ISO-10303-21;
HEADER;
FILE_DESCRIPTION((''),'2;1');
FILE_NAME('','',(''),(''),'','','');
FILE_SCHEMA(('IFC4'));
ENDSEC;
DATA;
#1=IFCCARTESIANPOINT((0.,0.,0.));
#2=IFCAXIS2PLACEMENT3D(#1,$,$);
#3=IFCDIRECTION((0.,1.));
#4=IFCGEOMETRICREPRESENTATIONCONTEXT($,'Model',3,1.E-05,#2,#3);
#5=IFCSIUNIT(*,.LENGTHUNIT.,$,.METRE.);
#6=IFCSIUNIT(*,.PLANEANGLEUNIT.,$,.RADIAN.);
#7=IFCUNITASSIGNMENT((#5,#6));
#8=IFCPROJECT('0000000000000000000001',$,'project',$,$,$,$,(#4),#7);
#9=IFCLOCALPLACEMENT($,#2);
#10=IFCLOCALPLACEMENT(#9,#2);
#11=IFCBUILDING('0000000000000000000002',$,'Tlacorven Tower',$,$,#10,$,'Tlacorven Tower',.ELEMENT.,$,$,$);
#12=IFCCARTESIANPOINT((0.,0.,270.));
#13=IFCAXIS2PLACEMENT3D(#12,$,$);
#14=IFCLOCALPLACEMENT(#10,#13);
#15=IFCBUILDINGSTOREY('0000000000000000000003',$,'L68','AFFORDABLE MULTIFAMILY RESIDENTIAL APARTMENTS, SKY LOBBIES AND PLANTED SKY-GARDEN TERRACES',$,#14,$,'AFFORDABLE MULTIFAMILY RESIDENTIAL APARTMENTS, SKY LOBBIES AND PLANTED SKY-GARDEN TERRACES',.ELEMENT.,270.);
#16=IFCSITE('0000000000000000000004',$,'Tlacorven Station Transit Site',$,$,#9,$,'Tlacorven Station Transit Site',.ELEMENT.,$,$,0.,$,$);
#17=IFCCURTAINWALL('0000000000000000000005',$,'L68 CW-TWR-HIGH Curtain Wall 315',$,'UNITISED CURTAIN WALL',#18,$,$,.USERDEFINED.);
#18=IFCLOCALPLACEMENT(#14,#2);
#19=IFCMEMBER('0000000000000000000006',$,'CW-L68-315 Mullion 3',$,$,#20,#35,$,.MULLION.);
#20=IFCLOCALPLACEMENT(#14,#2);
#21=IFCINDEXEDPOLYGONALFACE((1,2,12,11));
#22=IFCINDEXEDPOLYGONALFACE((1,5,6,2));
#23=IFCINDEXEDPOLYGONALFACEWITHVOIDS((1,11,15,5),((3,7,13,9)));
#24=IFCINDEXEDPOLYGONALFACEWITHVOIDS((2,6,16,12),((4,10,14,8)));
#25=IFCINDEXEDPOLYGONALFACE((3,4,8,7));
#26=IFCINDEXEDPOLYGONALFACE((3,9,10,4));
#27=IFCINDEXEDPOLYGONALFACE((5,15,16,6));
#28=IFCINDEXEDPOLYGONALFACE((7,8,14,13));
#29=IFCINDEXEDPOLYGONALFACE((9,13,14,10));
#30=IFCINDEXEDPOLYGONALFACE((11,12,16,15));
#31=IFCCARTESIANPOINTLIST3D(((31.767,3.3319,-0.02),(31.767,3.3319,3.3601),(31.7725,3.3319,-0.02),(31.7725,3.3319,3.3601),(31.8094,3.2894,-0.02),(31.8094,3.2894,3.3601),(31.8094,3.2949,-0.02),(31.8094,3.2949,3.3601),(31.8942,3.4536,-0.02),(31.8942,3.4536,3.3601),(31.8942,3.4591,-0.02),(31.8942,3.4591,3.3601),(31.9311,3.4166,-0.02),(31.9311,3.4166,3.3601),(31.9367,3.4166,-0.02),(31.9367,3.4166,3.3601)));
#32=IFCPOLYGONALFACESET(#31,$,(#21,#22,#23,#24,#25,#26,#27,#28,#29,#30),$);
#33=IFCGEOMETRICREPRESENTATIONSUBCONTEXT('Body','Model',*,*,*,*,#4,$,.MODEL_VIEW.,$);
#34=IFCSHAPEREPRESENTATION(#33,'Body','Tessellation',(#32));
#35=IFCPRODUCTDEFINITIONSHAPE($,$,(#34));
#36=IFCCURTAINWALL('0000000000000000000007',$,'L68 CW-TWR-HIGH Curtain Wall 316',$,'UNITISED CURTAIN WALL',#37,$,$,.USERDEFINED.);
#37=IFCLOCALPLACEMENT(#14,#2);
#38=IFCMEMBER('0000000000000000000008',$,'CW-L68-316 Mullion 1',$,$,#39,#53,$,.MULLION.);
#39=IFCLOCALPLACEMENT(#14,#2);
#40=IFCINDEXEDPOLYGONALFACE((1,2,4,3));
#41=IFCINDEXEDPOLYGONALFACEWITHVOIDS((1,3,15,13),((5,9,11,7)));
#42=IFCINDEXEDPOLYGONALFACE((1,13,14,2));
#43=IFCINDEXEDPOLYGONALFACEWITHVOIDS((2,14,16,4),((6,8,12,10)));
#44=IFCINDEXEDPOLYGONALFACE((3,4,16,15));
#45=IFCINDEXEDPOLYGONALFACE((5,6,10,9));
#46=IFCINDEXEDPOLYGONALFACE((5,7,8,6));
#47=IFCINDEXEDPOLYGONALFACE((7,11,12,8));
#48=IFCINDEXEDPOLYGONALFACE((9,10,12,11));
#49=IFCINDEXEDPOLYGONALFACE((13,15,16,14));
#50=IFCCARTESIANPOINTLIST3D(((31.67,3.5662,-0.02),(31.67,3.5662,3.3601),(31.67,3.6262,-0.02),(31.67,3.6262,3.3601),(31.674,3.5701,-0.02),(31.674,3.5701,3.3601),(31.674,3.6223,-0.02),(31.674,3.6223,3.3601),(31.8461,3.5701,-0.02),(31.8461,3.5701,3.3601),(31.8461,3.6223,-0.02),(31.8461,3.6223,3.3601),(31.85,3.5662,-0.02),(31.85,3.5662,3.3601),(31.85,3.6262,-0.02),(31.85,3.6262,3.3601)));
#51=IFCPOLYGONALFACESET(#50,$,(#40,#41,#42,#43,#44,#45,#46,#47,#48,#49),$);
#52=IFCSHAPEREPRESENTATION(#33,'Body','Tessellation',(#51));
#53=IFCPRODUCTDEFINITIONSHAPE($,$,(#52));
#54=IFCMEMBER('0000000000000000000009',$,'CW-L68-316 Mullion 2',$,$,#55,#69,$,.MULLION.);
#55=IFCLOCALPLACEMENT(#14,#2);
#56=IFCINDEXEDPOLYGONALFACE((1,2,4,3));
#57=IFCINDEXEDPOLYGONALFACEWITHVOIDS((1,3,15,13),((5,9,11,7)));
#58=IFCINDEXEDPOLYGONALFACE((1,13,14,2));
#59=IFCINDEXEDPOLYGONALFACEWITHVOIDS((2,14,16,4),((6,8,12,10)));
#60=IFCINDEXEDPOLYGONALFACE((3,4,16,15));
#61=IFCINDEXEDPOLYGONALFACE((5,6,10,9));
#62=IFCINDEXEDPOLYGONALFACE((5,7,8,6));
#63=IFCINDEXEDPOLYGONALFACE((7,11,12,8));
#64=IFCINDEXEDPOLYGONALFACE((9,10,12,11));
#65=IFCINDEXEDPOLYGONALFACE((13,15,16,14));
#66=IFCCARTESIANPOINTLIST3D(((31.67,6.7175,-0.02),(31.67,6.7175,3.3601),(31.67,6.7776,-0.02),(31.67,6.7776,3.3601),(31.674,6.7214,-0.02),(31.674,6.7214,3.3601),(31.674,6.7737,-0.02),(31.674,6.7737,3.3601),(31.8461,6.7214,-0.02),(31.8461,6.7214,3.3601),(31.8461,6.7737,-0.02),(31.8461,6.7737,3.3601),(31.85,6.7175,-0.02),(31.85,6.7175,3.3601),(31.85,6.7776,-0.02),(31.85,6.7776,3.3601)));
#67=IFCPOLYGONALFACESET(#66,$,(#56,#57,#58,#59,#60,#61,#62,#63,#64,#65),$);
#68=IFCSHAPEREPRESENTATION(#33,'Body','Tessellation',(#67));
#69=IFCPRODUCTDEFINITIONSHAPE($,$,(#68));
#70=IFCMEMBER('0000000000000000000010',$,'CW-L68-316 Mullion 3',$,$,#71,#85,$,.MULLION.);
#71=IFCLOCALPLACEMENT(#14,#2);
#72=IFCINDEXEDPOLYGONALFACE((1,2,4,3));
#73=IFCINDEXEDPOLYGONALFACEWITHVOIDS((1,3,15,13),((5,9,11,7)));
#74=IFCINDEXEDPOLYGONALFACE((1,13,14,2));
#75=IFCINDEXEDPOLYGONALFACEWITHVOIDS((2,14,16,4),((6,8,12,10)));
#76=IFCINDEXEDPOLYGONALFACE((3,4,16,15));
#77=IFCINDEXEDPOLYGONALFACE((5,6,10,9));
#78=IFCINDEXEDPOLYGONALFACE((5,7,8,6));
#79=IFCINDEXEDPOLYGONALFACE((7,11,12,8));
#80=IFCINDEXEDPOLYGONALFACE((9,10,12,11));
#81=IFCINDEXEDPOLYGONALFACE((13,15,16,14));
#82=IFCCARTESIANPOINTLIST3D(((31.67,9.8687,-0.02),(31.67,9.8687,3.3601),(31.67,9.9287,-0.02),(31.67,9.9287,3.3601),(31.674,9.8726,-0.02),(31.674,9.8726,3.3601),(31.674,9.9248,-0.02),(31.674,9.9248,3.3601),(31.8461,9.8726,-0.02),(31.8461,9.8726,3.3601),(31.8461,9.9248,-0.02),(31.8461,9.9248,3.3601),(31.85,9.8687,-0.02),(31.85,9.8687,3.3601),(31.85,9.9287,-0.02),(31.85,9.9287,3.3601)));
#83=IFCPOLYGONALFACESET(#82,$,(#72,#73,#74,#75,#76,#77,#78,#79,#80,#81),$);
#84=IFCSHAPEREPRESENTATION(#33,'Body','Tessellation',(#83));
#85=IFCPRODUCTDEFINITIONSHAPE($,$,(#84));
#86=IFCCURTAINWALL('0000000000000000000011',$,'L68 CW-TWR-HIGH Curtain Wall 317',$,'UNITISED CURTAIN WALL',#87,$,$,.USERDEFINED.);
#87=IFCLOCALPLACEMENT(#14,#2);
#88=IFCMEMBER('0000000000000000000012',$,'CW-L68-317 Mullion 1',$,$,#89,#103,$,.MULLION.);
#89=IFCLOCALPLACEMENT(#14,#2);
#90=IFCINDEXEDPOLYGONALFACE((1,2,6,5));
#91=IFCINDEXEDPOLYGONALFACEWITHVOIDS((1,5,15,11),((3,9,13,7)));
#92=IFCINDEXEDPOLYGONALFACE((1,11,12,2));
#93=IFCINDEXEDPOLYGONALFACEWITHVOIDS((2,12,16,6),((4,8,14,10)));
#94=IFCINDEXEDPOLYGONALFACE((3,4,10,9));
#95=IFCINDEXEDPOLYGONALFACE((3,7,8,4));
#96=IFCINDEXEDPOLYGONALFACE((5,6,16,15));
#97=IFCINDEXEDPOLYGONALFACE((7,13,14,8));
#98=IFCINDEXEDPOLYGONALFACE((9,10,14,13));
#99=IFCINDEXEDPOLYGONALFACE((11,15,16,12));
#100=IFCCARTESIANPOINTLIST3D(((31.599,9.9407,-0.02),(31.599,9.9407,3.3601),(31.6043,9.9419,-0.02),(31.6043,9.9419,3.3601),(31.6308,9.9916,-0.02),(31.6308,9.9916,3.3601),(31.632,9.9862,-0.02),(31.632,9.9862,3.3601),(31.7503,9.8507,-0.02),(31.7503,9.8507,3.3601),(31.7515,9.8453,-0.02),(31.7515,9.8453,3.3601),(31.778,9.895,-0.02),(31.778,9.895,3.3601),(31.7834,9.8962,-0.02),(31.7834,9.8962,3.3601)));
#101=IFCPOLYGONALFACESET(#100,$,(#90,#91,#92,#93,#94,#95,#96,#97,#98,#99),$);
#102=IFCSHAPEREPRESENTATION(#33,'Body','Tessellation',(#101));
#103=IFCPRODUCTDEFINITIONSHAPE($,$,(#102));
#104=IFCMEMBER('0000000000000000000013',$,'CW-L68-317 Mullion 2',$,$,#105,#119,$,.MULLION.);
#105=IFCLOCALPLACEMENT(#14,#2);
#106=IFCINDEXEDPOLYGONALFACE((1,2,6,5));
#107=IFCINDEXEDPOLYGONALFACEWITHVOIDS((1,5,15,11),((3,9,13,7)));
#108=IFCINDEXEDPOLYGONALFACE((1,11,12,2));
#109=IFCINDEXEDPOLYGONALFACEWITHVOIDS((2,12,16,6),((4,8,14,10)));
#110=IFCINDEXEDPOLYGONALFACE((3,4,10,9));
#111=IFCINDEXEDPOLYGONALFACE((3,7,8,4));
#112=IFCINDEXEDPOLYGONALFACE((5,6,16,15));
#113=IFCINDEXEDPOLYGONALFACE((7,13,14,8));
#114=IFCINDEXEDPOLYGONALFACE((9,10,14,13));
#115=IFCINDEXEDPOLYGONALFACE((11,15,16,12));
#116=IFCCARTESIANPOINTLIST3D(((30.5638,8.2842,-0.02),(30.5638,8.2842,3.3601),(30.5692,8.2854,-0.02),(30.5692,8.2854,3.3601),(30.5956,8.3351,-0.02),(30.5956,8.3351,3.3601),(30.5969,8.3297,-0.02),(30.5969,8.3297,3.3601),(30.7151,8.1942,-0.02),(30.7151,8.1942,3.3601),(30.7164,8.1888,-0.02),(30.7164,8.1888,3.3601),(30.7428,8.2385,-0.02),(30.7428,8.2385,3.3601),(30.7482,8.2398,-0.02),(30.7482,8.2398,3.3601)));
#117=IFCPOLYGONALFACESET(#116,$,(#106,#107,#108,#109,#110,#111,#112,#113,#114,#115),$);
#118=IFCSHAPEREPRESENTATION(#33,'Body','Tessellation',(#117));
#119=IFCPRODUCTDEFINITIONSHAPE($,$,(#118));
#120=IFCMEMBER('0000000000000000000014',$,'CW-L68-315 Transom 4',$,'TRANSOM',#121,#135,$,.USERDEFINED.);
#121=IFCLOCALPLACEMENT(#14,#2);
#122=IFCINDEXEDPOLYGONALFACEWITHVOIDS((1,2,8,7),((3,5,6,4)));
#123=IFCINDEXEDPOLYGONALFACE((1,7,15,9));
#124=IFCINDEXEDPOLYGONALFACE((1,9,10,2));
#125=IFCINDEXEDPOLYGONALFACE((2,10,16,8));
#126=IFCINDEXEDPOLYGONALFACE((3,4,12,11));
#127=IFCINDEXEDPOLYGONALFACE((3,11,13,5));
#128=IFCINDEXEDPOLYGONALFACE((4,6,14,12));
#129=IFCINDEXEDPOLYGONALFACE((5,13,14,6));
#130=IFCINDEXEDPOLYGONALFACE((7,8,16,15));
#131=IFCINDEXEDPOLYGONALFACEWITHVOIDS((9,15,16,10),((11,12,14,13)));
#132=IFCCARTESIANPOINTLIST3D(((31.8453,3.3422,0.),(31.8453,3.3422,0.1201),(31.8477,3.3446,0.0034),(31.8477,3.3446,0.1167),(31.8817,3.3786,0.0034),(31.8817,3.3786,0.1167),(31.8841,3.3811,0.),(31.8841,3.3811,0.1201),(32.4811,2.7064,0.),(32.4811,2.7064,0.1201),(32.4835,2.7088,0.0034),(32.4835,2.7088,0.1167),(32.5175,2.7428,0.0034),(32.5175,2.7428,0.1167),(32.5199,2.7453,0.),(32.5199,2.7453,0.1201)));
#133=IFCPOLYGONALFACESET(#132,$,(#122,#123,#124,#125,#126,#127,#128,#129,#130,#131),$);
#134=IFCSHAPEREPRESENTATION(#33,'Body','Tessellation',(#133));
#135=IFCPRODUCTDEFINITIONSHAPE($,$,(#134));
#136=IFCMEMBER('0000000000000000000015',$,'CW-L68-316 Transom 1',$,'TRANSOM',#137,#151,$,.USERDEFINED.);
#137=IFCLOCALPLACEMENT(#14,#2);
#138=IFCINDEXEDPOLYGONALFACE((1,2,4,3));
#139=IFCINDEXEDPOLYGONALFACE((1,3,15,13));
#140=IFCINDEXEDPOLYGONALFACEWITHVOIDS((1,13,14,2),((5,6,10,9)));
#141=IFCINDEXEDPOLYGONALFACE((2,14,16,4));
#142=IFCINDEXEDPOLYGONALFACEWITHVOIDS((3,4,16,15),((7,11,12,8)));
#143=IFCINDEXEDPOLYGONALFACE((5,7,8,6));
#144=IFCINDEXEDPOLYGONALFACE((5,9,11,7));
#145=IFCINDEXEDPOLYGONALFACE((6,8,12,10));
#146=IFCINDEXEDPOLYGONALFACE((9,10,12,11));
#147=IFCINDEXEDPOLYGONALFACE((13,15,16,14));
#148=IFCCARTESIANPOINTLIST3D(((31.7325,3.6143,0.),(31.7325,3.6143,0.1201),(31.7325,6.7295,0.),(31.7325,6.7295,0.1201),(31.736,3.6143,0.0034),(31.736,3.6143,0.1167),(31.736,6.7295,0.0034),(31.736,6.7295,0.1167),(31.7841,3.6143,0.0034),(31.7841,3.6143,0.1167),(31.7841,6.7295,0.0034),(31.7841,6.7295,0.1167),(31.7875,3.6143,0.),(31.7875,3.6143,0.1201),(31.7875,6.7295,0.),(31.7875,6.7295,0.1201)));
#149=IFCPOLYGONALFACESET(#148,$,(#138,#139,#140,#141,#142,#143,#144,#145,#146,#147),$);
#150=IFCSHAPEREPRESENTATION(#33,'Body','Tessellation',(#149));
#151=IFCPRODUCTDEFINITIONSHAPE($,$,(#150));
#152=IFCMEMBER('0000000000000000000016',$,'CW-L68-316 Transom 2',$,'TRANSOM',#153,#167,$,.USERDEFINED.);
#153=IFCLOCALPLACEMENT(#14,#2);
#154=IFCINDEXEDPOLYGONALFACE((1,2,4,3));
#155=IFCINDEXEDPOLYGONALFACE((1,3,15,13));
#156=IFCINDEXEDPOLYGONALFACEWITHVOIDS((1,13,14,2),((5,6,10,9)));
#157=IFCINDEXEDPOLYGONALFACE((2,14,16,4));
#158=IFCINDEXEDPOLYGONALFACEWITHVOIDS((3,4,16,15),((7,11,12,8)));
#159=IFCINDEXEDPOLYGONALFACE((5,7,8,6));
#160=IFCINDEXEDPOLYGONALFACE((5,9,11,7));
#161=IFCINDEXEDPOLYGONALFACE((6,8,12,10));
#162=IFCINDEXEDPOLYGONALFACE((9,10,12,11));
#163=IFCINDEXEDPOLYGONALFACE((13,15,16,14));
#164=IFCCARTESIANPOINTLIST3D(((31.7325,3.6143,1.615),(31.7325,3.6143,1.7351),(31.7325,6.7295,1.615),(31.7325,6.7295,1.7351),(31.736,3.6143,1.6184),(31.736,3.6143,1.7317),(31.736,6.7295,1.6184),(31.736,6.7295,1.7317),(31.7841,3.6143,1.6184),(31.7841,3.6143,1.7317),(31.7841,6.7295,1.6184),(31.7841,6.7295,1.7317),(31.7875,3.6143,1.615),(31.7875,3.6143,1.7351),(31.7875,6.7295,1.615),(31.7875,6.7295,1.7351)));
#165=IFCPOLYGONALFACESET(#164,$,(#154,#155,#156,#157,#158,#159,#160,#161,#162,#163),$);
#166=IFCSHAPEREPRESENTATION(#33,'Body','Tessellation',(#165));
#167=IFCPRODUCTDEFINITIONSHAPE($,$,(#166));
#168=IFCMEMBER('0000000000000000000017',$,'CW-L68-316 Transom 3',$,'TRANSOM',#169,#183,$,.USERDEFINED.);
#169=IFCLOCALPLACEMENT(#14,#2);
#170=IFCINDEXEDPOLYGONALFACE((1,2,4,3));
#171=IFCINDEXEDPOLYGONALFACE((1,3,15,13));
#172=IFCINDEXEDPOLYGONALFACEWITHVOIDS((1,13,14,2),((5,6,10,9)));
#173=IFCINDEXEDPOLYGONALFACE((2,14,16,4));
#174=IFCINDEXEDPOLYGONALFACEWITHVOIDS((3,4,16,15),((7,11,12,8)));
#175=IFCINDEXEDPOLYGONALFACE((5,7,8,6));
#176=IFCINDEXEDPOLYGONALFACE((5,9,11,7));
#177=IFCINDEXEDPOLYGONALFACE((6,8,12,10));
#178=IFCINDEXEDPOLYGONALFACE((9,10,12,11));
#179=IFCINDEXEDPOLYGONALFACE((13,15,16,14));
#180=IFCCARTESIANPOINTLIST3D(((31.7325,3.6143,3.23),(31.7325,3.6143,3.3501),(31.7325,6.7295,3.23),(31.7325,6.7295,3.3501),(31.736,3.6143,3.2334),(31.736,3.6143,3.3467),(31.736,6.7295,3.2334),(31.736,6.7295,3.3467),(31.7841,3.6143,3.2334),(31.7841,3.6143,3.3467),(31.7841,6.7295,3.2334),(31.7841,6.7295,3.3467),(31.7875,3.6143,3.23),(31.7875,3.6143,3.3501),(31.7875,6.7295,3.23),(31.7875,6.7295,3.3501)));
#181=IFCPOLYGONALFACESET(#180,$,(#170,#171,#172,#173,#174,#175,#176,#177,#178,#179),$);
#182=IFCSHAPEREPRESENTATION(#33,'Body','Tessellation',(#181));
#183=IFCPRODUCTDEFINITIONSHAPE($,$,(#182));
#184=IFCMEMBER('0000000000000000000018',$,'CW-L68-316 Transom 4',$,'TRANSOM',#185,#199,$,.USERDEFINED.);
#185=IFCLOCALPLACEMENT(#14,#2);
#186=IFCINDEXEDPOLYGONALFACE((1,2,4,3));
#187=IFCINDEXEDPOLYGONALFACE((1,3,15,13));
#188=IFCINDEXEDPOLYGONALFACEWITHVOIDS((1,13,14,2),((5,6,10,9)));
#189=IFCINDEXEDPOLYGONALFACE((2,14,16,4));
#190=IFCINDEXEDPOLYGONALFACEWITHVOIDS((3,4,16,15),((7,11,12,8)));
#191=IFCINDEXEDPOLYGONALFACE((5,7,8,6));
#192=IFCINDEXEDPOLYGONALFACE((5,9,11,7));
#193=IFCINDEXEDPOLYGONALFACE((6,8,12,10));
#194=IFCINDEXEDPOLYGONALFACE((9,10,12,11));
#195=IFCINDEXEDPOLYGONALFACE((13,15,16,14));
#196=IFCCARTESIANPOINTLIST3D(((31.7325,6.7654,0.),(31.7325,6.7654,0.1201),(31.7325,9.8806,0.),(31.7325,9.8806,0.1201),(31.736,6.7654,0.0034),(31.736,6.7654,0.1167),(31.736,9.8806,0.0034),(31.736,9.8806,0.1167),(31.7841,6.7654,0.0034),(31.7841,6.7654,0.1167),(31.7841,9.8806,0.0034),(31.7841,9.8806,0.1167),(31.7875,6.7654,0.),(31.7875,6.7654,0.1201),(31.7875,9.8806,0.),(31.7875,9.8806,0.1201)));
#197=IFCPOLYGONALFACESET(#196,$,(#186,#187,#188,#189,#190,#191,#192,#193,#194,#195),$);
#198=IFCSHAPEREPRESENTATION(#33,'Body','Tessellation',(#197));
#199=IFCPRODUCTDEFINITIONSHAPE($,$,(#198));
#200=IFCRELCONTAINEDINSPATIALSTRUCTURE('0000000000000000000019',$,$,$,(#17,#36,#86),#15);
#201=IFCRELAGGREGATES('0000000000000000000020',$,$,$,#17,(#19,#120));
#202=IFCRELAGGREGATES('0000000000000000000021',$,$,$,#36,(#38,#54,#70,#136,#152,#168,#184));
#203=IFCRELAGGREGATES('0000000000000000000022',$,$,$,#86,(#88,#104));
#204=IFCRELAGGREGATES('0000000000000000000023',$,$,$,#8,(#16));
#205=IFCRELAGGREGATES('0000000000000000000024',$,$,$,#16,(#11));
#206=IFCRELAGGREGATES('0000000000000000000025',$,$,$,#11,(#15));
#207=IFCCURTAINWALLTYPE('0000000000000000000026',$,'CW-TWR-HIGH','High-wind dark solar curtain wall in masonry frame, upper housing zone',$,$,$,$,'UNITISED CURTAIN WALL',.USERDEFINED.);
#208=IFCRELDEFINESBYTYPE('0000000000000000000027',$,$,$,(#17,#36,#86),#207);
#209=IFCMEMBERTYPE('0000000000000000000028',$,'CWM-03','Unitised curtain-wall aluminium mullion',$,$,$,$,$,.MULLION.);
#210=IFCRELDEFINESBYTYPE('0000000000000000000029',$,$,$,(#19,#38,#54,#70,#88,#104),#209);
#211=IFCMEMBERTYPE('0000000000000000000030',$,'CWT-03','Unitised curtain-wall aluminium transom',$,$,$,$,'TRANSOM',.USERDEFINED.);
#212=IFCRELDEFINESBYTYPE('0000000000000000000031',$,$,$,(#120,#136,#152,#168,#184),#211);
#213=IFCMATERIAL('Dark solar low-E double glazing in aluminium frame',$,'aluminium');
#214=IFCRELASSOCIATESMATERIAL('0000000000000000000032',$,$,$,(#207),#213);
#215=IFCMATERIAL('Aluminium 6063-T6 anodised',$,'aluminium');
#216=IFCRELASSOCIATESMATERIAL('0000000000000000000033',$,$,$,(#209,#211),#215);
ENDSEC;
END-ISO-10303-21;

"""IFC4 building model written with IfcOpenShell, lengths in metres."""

from ifc_helpers import new_model, si_unit, direction, frame, origin, origin_2d, place, context, subcontext, project, spatial, hollow_rectangle, extrude, source, transform, mapped, material, material_profile, profile_set, type_object, element, aggregate, save


model = new_model("IFC4")

# Units and contexts
model_context = context("Model", 3, precision=1e-05, world=origin(), true_north=direction((0.0, 1.0)))
body_context = subcontext(model_context, "Body", "Model", "MODEL_VIEW")
ifc_project = project(units=[si_unit("LENGTHUNIT", "METRE"), si_unit("PLANEANGLEUNIT", "RADIAN")], contexts=[model_context])

# Site, building, storey
site_placement = place(None, origin())
site = spatial("IfcSite", under=ifc_project, at=site_placement, Name="Tlacorven Station Transit Site", LongName="Tlacorven Station Transit Site", CompositionType="ELEMENT", RefElevation=0.0)
building_placement = place(site_placement, origin())
building = spatial("IfcBuilding", under=site, at=building_placement, Name="Tlacorven Tower", LongName="Tlacorven Tower", CompositionType="ELEMENT")
storey_placement = place(building_placement, frame((0.0, 0.0, 270.0)))
storey = spatial("IfcBuildingStorey", under=building, at=storey_placement, Name="L68", Description="AFFORDABLE MULTIFAMILY RESIDENTIAL APARTMENTS, SKY LOBBIES AND PLANTED SKY-GARDEN TERRACES", LongName="AFFORDABLE MULTIFAMILY RESIDENTIAL APARTMENTS, SKY LOBBIES AND PLANTED SKY-GARDEN TERRACES", CompositionType="ELEMENT", Elevation=270.0)

# Curtain wall, member
ifc_material_1 = material(Name="Dark solar low-E double glazing in aluminium frame", Category="aluminium")
curtain_wall_type = type_object("IfcCurtainWallType", Name="CW-TWR-HIGH", Description="High-wind dark solar curtain wall in masonry frame, upper housing zone", ElementType="UNITISED CURTAIN WALL", PredefinedType="USERDEFINED", material=ifc_material_1)
curtain_wall_1_placement = place(storey_placement, origin())
curtain_wall_1 = element("IfcCurtainWall", 1, at=curtain_wall_1_placement, inside=storey, type_object=curtain_wall_type, Name="L68 CW-TWR-HIGH Curtain Wall 315", ObjectType="UNITISED CURTAIN WALL", PredefinedType="USERDEFINED")
ifc_material_2 = material(Name="Aluminium 6063-T6 anodised", Category="aluminium")
ifc_material_profile_1 = material_profile(ifc_material_2, hollow_rectangle(XDim=0.0601, YDim=0.1799, WallThickness=0.0039, at=origin_2d()), Name="ALU MULLION 60X180")
ifc_profile_set_1 = profile_set([ifc_material_profile_1], Name="Aluminium 6063-T6 anodised")
member_type_1 = type_object("IfcMemberType", Name="CWM-03", Description="Unitised curtain-wall aluminium mullion", PredefinedType="MULLION", material=ifc_profile_set_1)
shared_shape_1 = source(origin(), body_context, "Body", "SweptSolid", [
    extrude(hollow_rectangle(XDim=0.0601, YDim=0.1799, WallThickness=0.0039, at=origin_2d()), origin(), (0.0, 0.0, 1.0), 3.3801),
])
member_1_placement = place(storey_placement, frame((31.8518, 3.3743, -0.02), z_axis=(0.0, 0.0, 1.0), x_axis=(-0.707107, 0.707107, 0.0)))
member_1 = element("IfcMember", 2, at=member_1_placement, type_object=member_type_1, Name="CW-L68-315 Mullion 3", PredefinedType="MULLION", context=body_context, shape_type="MappedRepresentation", body=[
    mapped(shared_shape_1, transform((0.0, 0.0, 0.0), scale=1.0)),
])

# Curtain walls, members
curtain_wall_2_placement = place(storey_placement, origin())
curtain_wall_2 = element("IfcCurtainWall", 3, at=curtain_wall_2_placement, inside=storey, type_object=curtain_wall_type, Name="L68 CW-TWR-HIGH Curtain Wall 316", ObjectType="UNITISED CURTAIN WALL", PredefinedType="USERDEFINED")
member_2_placement = place(storey_placement, frame((31.76, 3.5962, -0.02), z_axis=(0.0, 0.0, 1.0), x_axis=(0.0, 1.0, 0.0)))
member_2 = element("IfcMember", 4, at=member_2_placement, type_object=member_type_1, Name="CW-L68-316 Mullion 1", PredefinedType="MULLION", context=body_context, shape_type="MappedRepresentation", body=[
    mapped(shared_shape_1, transform((0.0, 0.0, 0.0), scale=1.0)),
])
member_3_placement = place(storey_placement, frame((31.76, 6.7476, -0.02), z_axis=(0.0, 0.0, 1.0), x_axis=(0.0, 1.0, 0.0)))
member_3 = element("IfcMember", 5, at=member_3_placement, type_object=member_type_1, Name="CW-L68-316 Mullion 2", PredefinedType="MULLION", context=body_context, shape_type="MappedRepresentation", body=[
    mapped(shared_shape_1, transform((0.0, 0.0, 0.0), scale=1.0)),
])
member_4_placement = place(storey_placement, frame((31.76, 9.8987, -0.02), z_axis=(0.0, 0.0, 1.0), x_axis=(0.0, 1.0, 0.0)))
member_4 = element("IfcMember", 6, at=member_4_placement, type_object=member_type_1, Name="CW-L68-316 Mullion 3", PredefinedType="MULLION", context=body_context, shape_type="MappedRepresentation", body=[
    mapped(shared_shape_1, transform((0.0, 0.0, 0.0), scale=1.0)),
])
curtain_wall_3_placement = place(storey_placement, origin())
curtain_wall_3 = element("IfcCurtainWall", 7, at=curtain_wall_3_placement, inside=storey, type_object=curtain_wall_type, Name="L68 CW-TWR-HIGH Curtain Wall 317", ObjectType="UNITISED CURTAIN WALL", PredefinedType="USERDEFINED")
member_5_placement = place(storey_placement, frame((31.6912, 9.9185, -0.02), z_axis=(0.0, 0.0, 1.0), x_axis=(-0.529919, -0.848048, 0.0)))
member_5 = element("IfcMember", 8, at=member_5_placement, type_object=member_type_1, Name="CW-L68-317 Mullion 1", PredefinedType="MULLION", context=body_context, shape_type="MappedRepresentation", body=[
    mapped(shared_shape_1, transform((0.0, 0.0, 0.0), scale=1.0)),
])
member_6_placement = place(storey_placement, frame((30.656, 8.262, -0.02), z_axis=(0.0, 0.0, 1.0), x_axis=(-0.529919, -0.848048, 0.0)))
member_6 = element("IfcMember", 9, at=member_6_placement, type_object=member_type_1, Name="CW-L68-317 Mullion 2", PredefinedType="MULLION", context=body_context, shape_type="MappedRepresentation", body=[
    mapped(shared_shape_1, transform((0.0, 0.0, 0.0), scale=1.0)),
])

# Members
ifc_material_profile_2 = material_profile(ifc_material_2, hollow_rectangle(XDim=0.0549, YDim=0.1201, WallThickness=0.0034, at=origin_2d()), Name="ALU TRANSOM 55X120")
ifc_profile_set_2 = profile_set([ifc_material_profile_2], Name="Aluminium 6063-T6 anodised")
member_type_2 = type_object("IfcMemberType", Name="CWT-03", Description="Unitised curtain-wall aluminium transom", ElementType="TRANSOM", PredefinedType="USERDEFINED", material=ifc_profile_set_2)
shared_shape_2 = source(origin(), body_context, "Body", "SweptSolid", [
    extrude(hollow_rectangle(XDim=0.0549, YDim=0.1201, WallThickness=0.0034, at=origin_2d()), origin(), (0.0, 0.0, 1.0), 0.8992),
])
member_7_placement = place(storey_placement, frame((32.5005, 2.7258, 0.0601), z_axis=(-0.707107, 0.707107, 0.0), x_axis=(-0.707107, -0.707107, 0.0)))
member_7 = element("IfcMember", 10, at=member_7_placement, type_object=member_type_2, Name="CW-L68-315 Transom 4", ObjectType="TRANSOM", PredefinedType="USERDEFINED", context=body_context, shape_type="MappedRepresentation", body=[
    mapped(shared_shape_2, transform((0.0, 0.0, 0.0), scale=1.0)),
])
shared_shape_3 = source(origin(), body_context, "Body", "SweptSolid", [
    extrude(hollow_rectangle(XDim=0.0549, YDim=0.1201, WallThickness=0.0034, at=origin_2d()), origin(), (0.0, 0.0, 1.0), 3.1152),
])
member_8_placement = place(storey_placement, frame((31.76, 3.6143, 0.0601), z_axis=(0.0, 1.0, 0.0), x_axis=(-1.0, 0.0, 0.0)))
member_8 = element("IfcMember", 11, at=member_8_placement, type_object=member_type_2, Name="CW-L68-316 Transom 1", ObjectType="TRANSOM", PredefinedType="USERDEFINED", context=body_context, shape_type="MappedRepresentation", body=[
    mapped(shared_shape_3, transform((0.0, 0.0, 0.0), scale=1.0)),
])
member_9_placement = place(storey_placement, frame((31.76, 3.6143, 1.675), z_axis=(0.0, 1.0, 0.0), x_axis=(-1.0, 0.0, 0.0)))
member_9 = element("IfcMember", 12, at=member_9_placement, type_object=member_type_2, Name="CW-L68-316 Transom 2", ObjectType="TRANSOM", PredefinedType="USERDEFINED", context=body_context, shape_type="MappedRepresentation", body=[
    mapped(shared_shape_3, transform((0.0, 0.0, 0.0), scale=1.0)),
])
member_10_placement = place(storey_placement, frame((31.76, 3.6143, 3.29), z_axis=(0.0, 1.0, 0.0), x_axis=(-1.0, 0.0, 0.0)))
member_10 = element("IfcMember", 13, at=member_10_placement, type_object=member_type_2, Name="CW-L68-316 Transom 3", ObjectType="TRANSOM", PredefinedType="USERDEFINED", context=body_context, shape_type="MappedRepresentation", body=[
    mapped(shared_shape_3, transform((0.0, 0.0, 0.0), scale=1.0)),
])
member_11_placement = place(storey_placement, frame((31.76, 6.7654, 0.0601), z_axis=(0.0, 1.0, 0.0), x_axis=(-1.0, 0.0, 0.0)))
member_11 = element("IfcMember", 14, at=member_11_placement, type_object=member_type_2, Name="CW-L68-316 Transom 4", ObjectType="TRANSOM", PredefinedType="USERDEFINED", context=body_context, shape_type="MappedRepresentation", body=[
    mapped(shared_shape_3, transform((0.0, 0.0, 0.0), scale=1.0)),
])

aggregate(curtain_wall_1, [member_1, member_7])
aggregate(curtain_wall_2, [member_2, member_3, member_4, member_8, member_9, member_10, member_11])
aggregate(curtain_wall_3, [member_5, member_6])

save(model, "model.ifc")
